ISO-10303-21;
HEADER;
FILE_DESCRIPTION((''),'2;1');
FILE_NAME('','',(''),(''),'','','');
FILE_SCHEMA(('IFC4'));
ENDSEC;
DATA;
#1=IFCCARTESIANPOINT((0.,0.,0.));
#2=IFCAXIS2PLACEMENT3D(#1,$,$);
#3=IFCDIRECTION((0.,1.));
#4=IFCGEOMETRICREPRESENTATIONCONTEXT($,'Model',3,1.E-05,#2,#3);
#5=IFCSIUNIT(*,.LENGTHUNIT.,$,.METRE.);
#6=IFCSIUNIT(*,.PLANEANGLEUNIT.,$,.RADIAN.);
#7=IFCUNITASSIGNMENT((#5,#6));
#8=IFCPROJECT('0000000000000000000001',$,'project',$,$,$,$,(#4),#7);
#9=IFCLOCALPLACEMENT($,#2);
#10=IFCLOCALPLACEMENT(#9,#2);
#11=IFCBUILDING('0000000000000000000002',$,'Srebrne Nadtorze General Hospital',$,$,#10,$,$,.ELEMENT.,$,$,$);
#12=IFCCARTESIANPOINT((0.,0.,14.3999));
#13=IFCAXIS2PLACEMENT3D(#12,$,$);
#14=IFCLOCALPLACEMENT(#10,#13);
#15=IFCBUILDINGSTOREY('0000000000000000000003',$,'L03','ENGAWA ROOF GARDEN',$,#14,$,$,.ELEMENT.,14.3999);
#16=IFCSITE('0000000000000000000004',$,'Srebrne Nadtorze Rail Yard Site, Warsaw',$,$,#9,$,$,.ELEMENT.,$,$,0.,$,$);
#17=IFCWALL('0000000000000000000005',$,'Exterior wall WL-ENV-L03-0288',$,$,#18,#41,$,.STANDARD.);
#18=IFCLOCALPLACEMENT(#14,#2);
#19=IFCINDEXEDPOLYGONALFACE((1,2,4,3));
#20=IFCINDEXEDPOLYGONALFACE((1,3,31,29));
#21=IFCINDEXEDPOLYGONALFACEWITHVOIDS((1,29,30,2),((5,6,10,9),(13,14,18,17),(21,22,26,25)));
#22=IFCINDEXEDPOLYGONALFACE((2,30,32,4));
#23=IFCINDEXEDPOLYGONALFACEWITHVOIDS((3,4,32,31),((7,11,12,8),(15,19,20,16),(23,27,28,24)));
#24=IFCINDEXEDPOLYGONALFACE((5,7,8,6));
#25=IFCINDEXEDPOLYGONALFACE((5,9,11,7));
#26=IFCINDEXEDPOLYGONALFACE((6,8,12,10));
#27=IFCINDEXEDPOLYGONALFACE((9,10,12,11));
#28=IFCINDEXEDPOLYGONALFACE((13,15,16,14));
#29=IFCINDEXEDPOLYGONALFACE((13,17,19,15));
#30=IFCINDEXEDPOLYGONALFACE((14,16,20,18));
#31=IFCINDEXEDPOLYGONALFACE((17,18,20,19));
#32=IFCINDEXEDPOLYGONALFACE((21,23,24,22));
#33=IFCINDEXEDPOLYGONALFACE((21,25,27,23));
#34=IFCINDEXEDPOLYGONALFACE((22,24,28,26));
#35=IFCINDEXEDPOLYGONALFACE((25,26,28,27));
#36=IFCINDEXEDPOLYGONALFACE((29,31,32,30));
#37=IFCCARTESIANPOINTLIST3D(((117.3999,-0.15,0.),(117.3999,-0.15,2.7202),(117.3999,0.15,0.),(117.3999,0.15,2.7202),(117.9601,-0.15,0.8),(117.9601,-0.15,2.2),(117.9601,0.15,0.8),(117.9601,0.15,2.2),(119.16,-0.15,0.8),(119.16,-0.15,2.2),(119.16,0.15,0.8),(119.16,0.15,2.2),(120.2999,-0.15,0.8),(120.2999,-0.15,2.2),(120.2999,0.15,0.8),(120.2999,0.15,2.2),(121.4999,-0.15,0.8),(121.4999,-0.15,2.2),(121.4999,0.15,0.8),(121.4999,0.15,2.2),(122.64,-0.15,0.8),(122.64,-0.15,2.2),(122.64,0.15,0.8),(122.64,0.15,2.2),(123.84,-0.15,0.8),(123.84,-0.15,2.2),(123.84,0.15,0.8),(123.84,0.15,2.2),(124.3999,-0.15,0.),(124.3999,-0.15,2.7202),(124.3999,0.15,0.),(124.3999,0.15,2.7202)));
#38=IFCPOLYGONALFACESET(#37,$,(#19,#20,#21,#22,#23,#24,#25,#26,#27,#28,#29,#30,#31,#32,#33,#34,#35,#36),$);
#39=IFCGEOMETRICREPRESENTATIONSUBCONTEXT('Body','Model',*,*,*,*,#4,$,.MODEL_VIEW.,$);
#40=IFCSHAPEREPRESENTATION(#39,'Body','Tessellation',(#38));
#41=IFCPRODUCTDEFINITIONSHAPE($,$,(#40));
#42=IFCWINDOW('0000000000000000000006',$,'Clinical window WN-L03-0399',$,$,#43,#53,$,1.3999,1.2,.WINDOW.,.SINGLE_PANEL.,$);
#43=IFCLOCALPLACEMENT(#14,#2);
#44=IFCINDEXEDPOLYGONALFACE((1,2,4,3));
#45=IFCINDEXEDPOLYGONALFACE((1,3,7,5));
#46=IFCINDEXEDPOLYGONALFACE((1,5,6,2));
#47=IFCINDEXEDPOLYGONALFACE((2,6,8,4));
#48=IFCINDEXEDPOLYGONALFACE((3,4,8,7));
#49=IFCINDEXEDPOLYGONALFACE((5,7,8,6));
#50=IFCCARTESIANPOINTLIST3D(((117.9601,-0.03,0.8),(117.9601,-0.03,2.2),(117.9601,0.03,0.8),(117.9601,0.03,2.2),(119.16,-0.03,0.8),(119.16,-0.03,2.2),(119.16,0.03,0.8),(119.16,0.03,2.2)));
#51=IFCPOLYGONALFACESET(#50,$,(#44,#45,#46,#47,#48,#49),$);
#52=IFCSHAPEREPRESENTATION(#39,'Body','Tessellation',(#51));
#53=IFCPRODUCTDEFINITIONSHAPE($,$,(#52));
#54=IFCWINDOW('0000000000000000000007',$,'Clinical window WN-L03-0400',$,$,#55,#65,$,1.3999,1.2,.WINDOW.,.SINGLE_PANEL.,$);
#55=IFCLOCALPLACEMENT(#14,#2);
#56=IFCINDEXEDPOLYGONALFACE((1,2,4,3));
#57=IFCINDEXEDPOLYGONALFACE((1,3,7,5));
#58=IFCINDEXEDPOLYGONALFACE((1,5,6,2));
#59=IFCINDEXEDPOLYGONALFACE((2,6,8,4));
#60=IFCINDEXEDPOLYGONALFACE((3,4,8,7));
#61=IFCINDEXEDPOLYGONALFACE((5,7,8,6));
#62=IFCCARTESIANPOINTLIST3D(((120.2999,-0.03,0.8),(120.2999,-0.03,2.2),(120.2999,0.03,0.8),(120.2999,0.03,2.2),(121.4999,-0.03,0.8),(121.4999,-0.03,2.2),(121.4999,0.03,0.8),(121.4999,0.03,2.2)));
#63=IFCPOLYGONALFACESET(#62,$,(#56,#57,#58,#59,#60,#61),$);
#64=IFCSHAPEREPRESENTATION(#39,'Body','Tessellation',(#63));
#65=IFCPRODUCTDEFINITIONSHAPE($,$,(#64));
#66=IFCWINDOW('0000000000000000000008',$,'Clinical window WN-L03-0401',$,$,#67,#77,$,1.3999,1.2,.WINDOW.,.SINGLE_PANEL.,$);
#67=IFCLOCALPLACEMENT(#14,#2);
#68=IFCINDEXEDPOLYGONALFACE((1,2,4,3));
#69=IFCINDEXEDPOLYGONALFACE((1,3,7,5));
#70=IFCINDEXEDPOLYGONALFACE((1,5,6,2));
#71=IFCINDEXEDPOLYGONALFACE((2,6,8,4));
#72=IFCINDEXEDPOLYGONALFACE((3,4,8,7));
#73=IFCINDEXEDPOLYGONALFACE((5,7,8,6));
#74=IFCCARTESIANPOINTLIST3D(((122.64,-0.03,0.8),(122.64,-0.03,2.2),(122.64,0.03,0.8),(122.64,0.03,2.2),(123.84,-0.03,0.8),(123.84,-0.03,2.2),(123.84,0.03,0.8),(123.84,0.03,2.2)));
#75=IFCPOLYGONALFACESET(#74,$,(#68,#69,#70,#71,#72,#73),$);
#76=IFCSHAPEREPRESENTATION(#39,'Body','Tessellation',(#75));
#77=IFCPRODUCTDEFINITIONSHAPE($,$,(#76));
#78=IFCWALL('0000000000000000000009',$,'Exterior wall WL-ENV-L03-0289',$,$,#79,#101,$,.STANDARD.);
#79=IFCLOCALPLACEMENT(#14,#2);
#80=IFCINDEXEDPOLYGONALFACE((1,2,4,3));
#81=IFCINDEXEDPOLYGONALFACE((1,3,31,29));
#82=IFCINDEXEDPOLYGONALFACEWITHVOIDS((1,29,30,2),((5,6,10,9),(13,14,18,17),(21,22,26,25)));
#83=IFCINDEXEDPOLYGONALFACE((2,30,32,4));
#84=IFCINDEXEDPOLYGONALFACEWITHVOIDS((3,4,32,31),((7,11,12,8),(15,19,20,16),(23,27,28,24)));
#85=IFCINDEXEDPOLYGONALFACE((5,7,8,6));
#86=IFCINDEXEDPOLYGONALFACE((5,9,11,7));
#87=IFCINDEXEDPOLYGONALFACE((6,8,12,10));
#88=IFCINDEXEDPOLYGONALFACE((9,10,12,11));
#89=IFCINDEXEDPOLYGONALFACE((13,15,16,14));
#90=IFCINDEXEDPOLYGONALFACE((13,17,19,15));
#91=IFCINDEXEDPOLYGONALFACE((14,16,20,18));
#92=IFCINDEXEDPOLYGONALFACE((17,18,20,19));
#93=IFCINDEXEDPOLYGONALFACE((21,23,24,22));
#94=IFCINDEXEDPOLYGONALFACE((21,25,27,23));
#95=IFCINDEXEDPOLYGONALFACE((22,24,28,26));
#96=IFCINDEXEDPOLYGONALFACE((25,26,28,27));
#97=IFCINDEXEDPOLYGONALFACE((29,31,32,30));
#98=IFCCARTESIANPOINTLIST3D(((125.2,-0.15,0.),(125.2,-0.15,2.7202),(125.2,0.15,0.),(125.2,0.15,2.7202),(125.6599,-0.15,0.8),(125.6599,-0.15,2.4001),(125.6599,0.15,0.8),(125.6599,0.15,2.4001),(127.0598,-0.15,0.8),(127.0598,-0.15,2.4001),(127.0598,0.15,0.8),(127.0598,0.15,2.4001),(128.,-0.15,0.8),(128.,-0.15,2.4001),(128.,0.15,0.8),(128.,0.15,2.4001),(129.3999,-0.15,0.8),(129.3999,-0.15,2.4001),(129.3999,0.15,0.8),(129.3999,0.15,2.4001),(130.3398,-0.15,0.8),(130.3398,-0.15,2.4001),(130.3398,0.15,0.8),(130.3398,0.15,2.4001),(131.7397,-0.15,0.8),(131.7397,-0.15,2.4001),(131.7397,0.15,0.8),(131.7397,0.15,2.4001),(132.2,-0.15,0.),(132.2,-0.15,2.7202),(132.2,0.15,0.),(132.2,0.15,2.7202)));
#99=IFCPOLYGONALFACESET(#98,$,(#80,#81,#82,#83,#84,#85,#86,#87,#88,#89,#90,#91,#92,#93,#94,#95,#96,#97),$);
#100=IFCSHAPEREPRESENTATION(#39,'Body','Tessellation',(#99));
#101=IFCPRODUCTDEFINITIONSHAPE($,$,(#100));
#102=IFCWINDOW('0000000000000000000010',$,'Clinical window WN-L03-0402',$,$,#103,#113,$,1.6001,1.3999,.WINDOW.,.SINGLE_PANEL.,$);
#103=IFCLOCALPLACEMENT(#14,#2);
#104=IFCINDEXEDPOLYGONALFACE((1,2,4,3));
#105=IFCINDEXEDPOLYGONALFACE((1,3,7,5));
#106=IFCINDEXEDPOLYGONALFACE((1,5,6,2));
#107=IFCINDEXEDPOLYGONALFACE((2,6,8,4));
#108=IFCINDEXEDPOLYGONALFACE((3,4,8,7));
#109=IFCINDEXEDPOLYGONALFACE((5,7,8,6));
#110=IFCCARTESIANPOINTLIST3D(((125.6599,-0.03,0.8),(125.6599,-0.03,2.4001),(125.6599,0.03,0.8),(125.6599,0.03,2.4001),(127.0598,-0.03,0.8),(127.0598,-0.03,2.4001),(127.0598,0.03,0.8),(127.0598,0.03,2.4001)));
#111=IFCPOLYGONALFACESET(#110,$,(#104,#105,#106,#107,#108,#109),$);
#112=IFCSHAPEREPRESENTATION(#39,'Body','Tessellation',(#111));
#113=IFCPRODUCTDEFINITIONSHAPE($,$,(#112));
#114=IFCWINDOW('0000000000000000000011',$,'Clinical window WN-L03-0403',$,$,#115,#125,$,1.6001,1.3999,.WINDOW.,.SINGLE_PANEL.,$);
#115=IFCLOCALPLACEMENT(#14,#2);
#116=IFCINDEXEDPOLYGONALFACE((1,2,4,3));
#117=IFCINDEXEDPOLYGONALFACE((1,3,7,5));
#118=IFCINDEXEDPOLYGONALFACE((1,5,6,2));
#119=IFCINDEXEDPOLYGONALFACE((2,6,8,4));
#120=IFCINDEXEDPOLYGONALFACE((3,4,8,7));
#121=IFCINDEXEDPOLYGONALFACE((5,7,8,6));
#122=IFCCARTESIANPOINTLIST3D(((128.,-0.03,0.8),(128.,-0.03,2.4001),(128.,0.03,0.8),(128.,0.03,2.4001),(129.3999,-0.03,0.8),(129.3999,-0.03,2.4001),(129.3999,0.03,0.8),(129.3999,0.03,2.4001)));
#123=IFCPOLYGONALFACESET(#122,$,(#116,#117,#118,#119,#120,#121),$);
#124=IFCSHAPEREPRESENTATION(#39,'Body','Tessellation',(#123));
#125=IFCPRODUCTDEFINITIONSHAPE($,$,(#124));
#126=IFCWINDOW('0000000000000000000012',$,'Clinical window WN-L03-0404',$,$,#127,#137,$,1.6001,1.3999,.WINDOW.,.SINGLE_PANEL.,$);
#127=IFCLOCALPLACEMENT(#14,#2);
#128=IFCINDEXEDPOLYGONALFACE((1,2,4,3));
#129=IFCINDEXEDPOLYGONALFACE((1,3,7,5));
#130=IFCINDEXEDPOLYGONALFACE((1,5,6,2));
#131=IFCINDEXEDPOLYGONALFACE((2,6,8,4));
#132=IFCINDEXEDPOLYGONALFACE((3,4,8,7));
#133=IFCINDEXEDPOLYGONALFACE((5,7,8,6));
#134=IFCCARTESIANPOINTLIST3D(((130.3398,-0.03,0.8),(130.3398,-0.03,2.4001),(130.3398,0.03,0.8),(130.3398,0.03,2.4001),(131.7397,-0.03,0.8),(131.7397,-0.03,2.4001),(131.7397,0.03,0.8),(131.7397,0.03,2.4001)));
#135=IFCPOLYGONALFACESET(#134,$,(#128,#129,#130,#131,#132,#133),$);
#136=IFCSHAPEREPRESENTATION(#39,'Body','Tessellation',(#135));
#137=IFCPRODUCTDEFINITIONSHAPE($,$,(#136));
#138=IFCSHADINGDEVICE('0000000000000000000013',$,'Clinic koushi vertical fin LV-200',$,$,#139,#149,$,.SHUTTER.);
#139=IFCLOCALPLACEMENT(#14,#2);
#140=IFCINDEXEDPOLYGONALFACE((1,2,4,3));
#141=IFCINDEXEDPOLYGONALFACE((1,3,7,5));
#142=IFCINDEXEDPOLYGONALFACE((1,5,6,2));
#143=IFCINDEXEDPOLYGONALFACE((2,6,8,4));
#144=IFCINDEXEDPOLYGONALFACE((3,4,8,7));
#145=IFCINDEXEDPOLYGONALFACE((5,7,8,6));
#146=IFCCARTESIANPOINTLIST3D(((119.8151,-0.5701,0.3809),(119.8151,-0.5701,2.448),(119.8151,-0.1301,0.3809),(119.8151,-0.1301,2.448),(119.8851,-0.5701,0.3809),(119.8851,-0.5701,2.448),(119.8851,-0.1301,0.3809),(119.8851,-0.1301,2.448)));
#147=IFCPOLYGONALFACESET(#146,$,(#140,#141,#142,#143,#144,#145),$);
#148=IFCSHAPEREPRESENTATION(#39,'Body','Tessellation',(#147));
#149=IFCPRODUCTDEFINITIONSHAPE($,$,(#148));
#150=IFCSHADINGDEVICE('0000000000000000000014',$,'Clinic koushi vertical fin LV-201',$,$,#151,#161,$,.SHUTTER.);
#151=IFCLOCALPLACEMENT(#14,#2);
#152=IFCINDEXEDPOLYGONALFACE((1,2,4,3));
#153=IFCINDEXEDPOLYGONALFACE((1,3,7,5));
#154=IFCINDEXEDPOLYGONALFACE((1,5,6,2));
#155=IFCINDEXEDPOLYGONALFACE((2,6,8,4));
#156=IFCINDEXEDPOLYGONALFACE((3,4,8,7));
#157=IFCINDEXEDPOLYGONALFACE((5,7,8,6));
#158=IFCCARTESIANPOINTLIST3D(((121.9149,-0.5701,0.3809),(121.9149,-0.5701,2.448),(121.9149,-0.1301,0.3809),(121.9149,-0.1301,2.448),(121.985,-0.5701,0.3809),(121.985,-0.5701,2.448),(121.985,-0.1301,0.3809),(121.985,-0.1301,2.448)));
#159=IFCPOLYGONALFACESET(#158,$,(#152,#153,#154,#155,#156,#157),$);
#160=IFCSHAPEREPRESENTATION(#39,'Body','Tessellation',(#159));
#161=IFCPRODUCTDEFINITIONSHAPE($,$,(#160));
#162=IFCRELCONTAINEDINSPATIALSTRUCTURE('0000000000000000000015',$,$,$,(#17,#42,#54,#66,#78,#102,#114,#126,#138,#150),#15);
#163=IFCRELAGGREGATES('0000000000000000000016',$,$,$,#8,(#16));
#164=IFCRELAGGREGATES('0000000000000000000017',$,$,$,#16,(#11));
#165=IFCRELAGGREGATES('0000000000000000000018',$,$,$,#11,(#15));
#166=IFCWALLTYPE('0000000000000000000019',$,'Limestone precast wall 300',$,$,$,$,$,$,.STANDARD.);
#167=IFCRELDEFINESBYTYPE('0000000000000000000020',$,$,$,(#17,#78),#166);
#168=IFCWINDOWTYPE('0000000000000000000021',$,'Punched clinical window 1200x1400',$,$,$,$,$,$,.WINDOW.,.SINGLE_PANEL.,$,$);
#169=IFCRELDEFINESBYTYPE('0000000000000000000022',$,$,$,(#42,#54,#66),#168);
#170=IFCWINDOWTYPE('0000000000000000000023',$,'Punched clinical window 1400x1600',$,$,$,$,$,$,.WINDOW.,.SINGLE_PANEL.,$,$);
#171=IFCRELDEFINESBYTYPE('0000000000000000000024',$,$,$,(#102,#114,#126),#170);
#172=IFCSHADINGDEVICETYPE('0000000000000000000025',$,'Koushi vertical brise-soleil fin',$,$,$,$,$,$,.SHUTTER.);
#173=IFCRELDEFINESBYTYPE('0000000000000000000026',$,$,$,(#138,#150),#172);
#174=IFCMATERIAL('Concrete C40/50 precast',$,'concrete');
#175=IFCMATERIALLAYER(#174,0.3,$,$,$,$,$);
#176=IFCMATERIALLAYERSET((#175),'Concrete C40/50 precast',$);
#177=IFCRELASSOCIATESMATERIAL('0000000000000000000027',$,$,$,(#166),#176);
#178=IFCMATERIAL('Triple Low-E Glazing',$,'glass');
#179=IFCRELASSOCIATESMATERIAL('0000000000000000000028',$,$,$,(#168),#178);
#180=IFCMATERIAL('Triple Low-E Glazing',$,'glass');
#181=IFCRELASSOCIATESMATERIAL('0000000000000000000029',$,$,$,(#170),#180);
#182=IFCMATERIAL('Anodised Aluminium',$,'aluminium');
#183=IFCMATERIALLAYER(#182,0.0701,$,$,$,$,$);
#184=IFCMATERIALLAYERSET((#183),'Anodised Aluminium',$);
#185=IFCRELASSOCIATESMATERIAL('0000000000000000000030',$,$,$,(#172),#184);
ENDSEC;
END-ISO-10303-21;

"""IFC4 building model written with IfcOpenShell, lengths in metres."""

from ifc_helpers import new_model, si_unit, direction, frame, frame_2d, origin, origin_2d, place, context, subcontext, project, spatial, rectangle, extrude, material, layer, layer_set, type_object, element, fill, save


model = new_model("IFC4")

# Units and contexts
model_context = context("Model", 3, precision=1e-05, world=origin(), true_north=direction((0.0, 1.0)))
body_context = subcontext(model_context, "Body", "Model", "MODEL_VIEW")
ifc_project = project(units=[si_unit("LENGTHUNIT", "METRE"), si_unit("PLANEANGLEUNIT", "RADIAN")], contexts=[model_context])

# Site, building, storey
site_placement = place(None, origin())
site = spatial("IfcSite", under=ifc_project, at=site_placement, Name="Srebrne Nadtorze Rail Yard Site, Warsaw", CompositionType="ELEMENT", RefElevation=0.0)
building_placement = place(site_placement, origin())
building = spatial("IfcBuilding", under=site, at=building_placement, Name="Srebrne Nadtorze General Hospital", CompositionType="ELEMENT")
storey_placement = place(building_placement, frame((0.0, 0.0, 14.3999)))
storey = spatial("IfcBuildingStorey", under=building, at=storey_placement, Name="L03", Description="ENGAWA ROOF GARDEN", CompositionType="ELEMENT", Elevation=14.3999)

# Walls, openings, windows
ifc_material_1 = material(Name="Concrete C40/50 precast", Category="concrete")
ifc_layer_1 = layer(ifc_material_1, 0.3)
ifc_layer_set_1 = layer_set([ifc_layer_1], Name="Concrete C40/50 precast")
wall_type_1 = type_object("IfcWallType", Name="Limestone precast wall 300", PredefinedType="STANDARD", material=ifc_layer_set_1)
wall_1_placement = place(storey_placement, frame((117.3999, 0.0, 0.0), z_axis=(0.0, 0.0, 1.0), x_axis=(1.0, 0.0, 0.0)))
wall_1 = element("IfcWall", 1, at=wall_1_placement, inside=storey, type_object=wall_type_1, Name="Exterior wall WL-ENV-L03-0288", PredefinedType="STANDARD", context=body_context, shape_type="SweptSolid", body=[
    extrude(rectangle(XDim=7.0, YDim=0.3, at=frame_2d((3.5, 0.0))), origin(), (0.0, 0.0, 1.0), 2.7202),
])
opening_1_placement = place(wall_1_placement, frame((0.5601, 0.0, 0.8)))
opening_1 = element("IfcOpeningElement", 2, at=opening_1_placement, cuts=wall_1, PredefinedType="OPENING", context=body_context, shape_type="SweptSolid", body=[
    extrude(rectangle(XDim=1.2, YDim=1.3999, at=frame_2d((0.6001, 0.7))), frame((0.0, 0.1621, 0.0), z_axis=(0.0, -1.0, 0.0), x_axis=(1.0, 0.0, 0.0)), (0.0, 0.0, 1.0), 0.324),
])
opening_2_placement = place(wall_1_placement, frame((2.8999, 0.0, 0.8)))
opening_2 = element("IfcOpeningElement", 3, at=opening_2_placement, cuts=wall_1, PredefinedType="OPENING", context=body_context, shape_type="SweptSolid", body=[
    extrude(rectangle(XDim=1.2, YDim=1.3999, at=frame_2d((0.6001, 0.7))), frame((0.0, 0.1621, 0.0), z_axis=(0.0, -1.0, 0.0), x_axis=(1.0, 0.0, 0.0)), (0.0, 0.0, 1.0), 0.324),
])
opening_3_placement = place(wall_1_placement, frame((5.24, 0.0, 0.8)))
opening_3 = element("IfcOpeningElement", 4, at=opening_3_placement, cuts=wall_1, PredefinedType="OPENING", context=body_context, shape_type="SweptSolid", body=[
    extrude(rectangle(XDim=1.2, YDim=1.3999, at=frame_2d((0.6001, 0.7))), frame((0.0, 0.1621, 0.0), z_axis=(0.0, -1.0, 0.0), x_axis=(1.0, 0.0, 0.0)), (0.0, 0.0, 1.0), 0.324),
])
ifc_material_2 = material(Name="Triple Low-E Glazing", Category="glass")
window_type_1 = type_object("IfcWindowType", Name="Punched clinical window 1200x1400", PartitioningType="SINGLE_PANEL", PredefinedType="WINDOW", material=ifc_material_2)
window_1_placement = place(opening_1_placement, origin())
window_1 = element("IfcWindow", 5, at=window_1_placement, inside=storey, type_object=window_type_1, Name="Clinical window WN-L03-0399", OverallHeight=1.3999, OverallWidth=1.2, PartitioningType="SINGLE_PANEL", PredefinedType="WINDOW", context=body_context, shape_type="SweptSolid", body=[
    extrude(rectangle(XDim=1.2, YDim=1.3999, at=frame_2d((0.6001, 0.7))), frame((0.0, 0.03, 0.0), z_axis=(0.0, -1.0, 0.0), x_axis=(1.0, 0.0, 0.0)), (0.0, 0.0, 1.0), 0.0601),
])
fill(opening_1, window_1)
window_2_placement = place(opening_2_placement, origin())
window_2 = element("IfcWindow", 6, at=window_2_placement, inside=storey, type_object=window_type_1, Name="Clinical window WN-L03-0400", OverallHeight=1.3999, OverallWidth=1.2, PartitioningType="SINGLE_PANEL", PredefinedType="WINDOW", context=body_context, shape_type="SweptSolid", body=[
    extrude(rectangle(XDim=1.2, YDim=1.3999, at=frame_2d((0.6001, 0.7))), frame((0.0, 0.03, 0.0), z_axis=(0.0, -1.0, 0.0), x_axis=(1.0, 0.0, 0.0)), (0.0, 0.0, 1.0), 0.0601),
])
fill(opening_2, window_2)
window_3_placement = place(opening_3_placement, origin())
window_3 = element("IfcWindow", 7, at=window_3_placement, inside=storey, type_object=window_type_1, Name="Clinical window WN-L03-0401", OverallHeight=1.3999, OverallWidth=1.2, PartitioningType="SINGLE_PANEL", PredefinedType="WINDOW", context=body_context, shape_type="SweptSolid", body=[
    extrude(rectangle(XDim=1.2, YDim=1.3999, at=frame_2d((0.6001, 0.7))), frame((0.0, 0.03, 0.0), z_axis=(0.0, -1.0, 0.0), x_axis=(1.0, 0.0, 0.0)), (0.0, 0.0, 1.0), 0.0601),
])
fill(opening_3, window_3)
wall_2_placement = place(storey_placement, frame((125.2, 0.0, 0.0), z_axis=(0.0, 0.0, 1.0), x_axis=(1.0, 0.0, 0.0)))
wall_2 = element("IfcWall", 8, at=wall_2_placement, inside=storey, type_object=wall_type_1, Name="Exterior wall WL-ENV-L03-0289", PredefinedType="STANDARD", context=body_context, shape_type="SweptSolid", body=[
    extrude(rectangle(XDim=7.0, YDim=0.3, at=frame_2d((3.5, 0.0))), origin(), (0.0, 0.0, 1.0), 2.7202),
])
opening_4_placement = place(wall_2_placement, frame((0.46, 0.0, 0.8)))
opening_4 = element("IfcOpeningElement", 9, at=opening_4_placement, cuts=wall_2, PredefinedType="OPENING", context=body_context, shape_type="SweptSolid", body=[
    extrude(rectangle(XDim=1.3999, YDim=1.6001, at=frame_2d((0.7, 0.8))), frame((0.0, 0.1621, 0.0), z_axis=(0.0, -1.0, 0.0), x_axis=(1.0, 0.0, 0.0)), (0.0, 0.0, 1.0), 0.324),
])
opening_5_placement = place(wall_2_placement, frame((2.8, 0.0, 0.8)))
opening_5 = element("IfcOpeningElement", 10, at=opening_5_placement, cuts=wall_2, PredefinedType="OPENING", context=body_context, shape_type="SweptSolid", body=[
    extrude(rectangle(XDim=1.3999, YDim=1.6001, at=frame_2d((0.7, 0.8))), frame((0.0, 0.1621, 0.0), z_axis=(0.0, -1.0, 0.0), x_axis=(1.0, 0.0, 0.0)), (0.0, 0.0, 1.0), 0.324),
])
opening_6_placement = place(wall_2_placement, frame((5.1399, 0.0, 0.8)))
opening_6 = element("IfcOpeningElement", 11, at=opening_6_placement, cuts=wall_2, PredefinedType="OPENING", context=body_context, shape_type="SweptSolid", body=[
    extrude(rectangle(XDim=1.3999, YDim=1.6001, at=frame_2d((0.7, 0.8))), frame((0.0, 0.1621, 0.0), z_axis=(0.0, -1.0, 0.0), x_axis=(1.0, 0.0, 0.0)), (0.0, 0.0, 1.0), 0.324),
])
ifc_material_3 = material(Name="Triple Low-E Glazing", Category="glass")
window_type_2 = type_object("IfcWindowType", Name="Punched clinical window 1400x1600", PartitioningType="SINGLE_PANEL", PredefinedType="WINDOW", material=ifc_material_3)
window_4_placement = place(opening_4_placement, origin())
window_4 = element("IfcWindow", 12, at=window_4_placement, inside=storey, type_object=window_type_2, Name="Clinical window WN-L03-0402", OverallHeight=1.6001, OverallWidth=1.3999, PartitioningType="SINGLE_PANEL", PredefinedType="WINDOW", context=body_context, shape_type="SweptSolid", body=[
    extrude(rectangle(XDim=1.3999, YDim=1.6001, at=frame_2d((0.7, 0.8))), frame((0.0, 0.03, 0.0), z_axis=(0.0, -1.0, 0.0), x_axis=(1.0, 0.0, 0.0)), (0.0, 0.0, 1.0), 0.0601),
])
fill(opening_4, window_4)
window_5_placement = place(opening_5_placement, origin())
window_5 = element("IfcWindow", 13, at=window_5_placement, inside=storey, type_object=window_type_2, Name="Clinical window WN-L03-0403", OverallHeight=1.6001, OverallWidth=1.3999, PartitioningType="SINGLE_PANEL", PredefinedType="WINDOW", context=body_context, shape_type="SweptSolid", body=[
    extrude(rectangle(XDim=1.3999, YDim=1.6001, at=frame_2d((0.7, 0.8))), frame((0.0, 0.03, 0.0), z_axis=(0.0, -1.0, 0.0), x_axis=(1.0, 0.0, 0.0)), (0.0, 0.0, 1.0), 0.0601),
])
fill(opening_5, window_5)
window_6_placement = place(opening_6_placement, origin())
window_6 = element("IfcWindow", 14, at=window_6_placement, inside=storey, type_object=window_type_2, Name="Clinical window WN-L03-0404", OverallHeight=1.6001, OverallWidth=1.3999, PartitioningType="SINGLE_PANEL", PredefinedType="WINDOW", context=body_context, shape_type="SweptSolid", body=[
    extrude(rectangle(XDim=1.3999, YDim=1.6001, at=frame_2d((0.7, 0.8))), frame((0.0, 0.03, 0.0), z_axis=(0.0, -1.0, 0.0), x_axis=(1.0, 0.0, 0.0)), (0.0, 0.0, 1.0), 0.0601),
])
fill(opening_6, window_6)

# Shading devices
ifc_material_4 = material(Name="Anodised Aluminium", Category="aluminium")
ifc_layer_2 = layer(ifc_material_4, 0.0701)
ifc_layer_set_2 = layer_set([ifc_layer_2], Name="Anodised Aluminium")
shading_device_type = type_object("IfcShadingDeviceType", Name="Koushi vertical brise-soleil fin", PredefinedType="SHUTTER", material=ifc_layer_set_2)
for number, where, z_axis, x_axis, name in (
    (15, (119.8501, -0.3501, 0.3809), (0.0, 0.0, 1.0), (1.0, 0.0, 0.0), "Clinic koushi vertical fin LV-200"),
    (16, (121.95, -0.3501, 0.3809), (0.0, 0.0, 1.0), (1.0, 0.0, 0.0), "Clinic koushi vertical fin LV-201"),
):
    element("IfcShadingDevice", number, at=place(storey_placement, frame(where, z_axis=z_axis, x_axis=x_axis)), inside=storey, type_object=shading_device_type, Name=name, PredefinedType="SHUTTER", context=body_context, shape_type="SweptSolid", body=[
        extrude(rectangle(XDim=0.0701, YDim=0.4399, at=origin_2d()), origin(), (0.0, 0.0, 1.0), 2.0671),
    ])

save(model, "model.ifc")
